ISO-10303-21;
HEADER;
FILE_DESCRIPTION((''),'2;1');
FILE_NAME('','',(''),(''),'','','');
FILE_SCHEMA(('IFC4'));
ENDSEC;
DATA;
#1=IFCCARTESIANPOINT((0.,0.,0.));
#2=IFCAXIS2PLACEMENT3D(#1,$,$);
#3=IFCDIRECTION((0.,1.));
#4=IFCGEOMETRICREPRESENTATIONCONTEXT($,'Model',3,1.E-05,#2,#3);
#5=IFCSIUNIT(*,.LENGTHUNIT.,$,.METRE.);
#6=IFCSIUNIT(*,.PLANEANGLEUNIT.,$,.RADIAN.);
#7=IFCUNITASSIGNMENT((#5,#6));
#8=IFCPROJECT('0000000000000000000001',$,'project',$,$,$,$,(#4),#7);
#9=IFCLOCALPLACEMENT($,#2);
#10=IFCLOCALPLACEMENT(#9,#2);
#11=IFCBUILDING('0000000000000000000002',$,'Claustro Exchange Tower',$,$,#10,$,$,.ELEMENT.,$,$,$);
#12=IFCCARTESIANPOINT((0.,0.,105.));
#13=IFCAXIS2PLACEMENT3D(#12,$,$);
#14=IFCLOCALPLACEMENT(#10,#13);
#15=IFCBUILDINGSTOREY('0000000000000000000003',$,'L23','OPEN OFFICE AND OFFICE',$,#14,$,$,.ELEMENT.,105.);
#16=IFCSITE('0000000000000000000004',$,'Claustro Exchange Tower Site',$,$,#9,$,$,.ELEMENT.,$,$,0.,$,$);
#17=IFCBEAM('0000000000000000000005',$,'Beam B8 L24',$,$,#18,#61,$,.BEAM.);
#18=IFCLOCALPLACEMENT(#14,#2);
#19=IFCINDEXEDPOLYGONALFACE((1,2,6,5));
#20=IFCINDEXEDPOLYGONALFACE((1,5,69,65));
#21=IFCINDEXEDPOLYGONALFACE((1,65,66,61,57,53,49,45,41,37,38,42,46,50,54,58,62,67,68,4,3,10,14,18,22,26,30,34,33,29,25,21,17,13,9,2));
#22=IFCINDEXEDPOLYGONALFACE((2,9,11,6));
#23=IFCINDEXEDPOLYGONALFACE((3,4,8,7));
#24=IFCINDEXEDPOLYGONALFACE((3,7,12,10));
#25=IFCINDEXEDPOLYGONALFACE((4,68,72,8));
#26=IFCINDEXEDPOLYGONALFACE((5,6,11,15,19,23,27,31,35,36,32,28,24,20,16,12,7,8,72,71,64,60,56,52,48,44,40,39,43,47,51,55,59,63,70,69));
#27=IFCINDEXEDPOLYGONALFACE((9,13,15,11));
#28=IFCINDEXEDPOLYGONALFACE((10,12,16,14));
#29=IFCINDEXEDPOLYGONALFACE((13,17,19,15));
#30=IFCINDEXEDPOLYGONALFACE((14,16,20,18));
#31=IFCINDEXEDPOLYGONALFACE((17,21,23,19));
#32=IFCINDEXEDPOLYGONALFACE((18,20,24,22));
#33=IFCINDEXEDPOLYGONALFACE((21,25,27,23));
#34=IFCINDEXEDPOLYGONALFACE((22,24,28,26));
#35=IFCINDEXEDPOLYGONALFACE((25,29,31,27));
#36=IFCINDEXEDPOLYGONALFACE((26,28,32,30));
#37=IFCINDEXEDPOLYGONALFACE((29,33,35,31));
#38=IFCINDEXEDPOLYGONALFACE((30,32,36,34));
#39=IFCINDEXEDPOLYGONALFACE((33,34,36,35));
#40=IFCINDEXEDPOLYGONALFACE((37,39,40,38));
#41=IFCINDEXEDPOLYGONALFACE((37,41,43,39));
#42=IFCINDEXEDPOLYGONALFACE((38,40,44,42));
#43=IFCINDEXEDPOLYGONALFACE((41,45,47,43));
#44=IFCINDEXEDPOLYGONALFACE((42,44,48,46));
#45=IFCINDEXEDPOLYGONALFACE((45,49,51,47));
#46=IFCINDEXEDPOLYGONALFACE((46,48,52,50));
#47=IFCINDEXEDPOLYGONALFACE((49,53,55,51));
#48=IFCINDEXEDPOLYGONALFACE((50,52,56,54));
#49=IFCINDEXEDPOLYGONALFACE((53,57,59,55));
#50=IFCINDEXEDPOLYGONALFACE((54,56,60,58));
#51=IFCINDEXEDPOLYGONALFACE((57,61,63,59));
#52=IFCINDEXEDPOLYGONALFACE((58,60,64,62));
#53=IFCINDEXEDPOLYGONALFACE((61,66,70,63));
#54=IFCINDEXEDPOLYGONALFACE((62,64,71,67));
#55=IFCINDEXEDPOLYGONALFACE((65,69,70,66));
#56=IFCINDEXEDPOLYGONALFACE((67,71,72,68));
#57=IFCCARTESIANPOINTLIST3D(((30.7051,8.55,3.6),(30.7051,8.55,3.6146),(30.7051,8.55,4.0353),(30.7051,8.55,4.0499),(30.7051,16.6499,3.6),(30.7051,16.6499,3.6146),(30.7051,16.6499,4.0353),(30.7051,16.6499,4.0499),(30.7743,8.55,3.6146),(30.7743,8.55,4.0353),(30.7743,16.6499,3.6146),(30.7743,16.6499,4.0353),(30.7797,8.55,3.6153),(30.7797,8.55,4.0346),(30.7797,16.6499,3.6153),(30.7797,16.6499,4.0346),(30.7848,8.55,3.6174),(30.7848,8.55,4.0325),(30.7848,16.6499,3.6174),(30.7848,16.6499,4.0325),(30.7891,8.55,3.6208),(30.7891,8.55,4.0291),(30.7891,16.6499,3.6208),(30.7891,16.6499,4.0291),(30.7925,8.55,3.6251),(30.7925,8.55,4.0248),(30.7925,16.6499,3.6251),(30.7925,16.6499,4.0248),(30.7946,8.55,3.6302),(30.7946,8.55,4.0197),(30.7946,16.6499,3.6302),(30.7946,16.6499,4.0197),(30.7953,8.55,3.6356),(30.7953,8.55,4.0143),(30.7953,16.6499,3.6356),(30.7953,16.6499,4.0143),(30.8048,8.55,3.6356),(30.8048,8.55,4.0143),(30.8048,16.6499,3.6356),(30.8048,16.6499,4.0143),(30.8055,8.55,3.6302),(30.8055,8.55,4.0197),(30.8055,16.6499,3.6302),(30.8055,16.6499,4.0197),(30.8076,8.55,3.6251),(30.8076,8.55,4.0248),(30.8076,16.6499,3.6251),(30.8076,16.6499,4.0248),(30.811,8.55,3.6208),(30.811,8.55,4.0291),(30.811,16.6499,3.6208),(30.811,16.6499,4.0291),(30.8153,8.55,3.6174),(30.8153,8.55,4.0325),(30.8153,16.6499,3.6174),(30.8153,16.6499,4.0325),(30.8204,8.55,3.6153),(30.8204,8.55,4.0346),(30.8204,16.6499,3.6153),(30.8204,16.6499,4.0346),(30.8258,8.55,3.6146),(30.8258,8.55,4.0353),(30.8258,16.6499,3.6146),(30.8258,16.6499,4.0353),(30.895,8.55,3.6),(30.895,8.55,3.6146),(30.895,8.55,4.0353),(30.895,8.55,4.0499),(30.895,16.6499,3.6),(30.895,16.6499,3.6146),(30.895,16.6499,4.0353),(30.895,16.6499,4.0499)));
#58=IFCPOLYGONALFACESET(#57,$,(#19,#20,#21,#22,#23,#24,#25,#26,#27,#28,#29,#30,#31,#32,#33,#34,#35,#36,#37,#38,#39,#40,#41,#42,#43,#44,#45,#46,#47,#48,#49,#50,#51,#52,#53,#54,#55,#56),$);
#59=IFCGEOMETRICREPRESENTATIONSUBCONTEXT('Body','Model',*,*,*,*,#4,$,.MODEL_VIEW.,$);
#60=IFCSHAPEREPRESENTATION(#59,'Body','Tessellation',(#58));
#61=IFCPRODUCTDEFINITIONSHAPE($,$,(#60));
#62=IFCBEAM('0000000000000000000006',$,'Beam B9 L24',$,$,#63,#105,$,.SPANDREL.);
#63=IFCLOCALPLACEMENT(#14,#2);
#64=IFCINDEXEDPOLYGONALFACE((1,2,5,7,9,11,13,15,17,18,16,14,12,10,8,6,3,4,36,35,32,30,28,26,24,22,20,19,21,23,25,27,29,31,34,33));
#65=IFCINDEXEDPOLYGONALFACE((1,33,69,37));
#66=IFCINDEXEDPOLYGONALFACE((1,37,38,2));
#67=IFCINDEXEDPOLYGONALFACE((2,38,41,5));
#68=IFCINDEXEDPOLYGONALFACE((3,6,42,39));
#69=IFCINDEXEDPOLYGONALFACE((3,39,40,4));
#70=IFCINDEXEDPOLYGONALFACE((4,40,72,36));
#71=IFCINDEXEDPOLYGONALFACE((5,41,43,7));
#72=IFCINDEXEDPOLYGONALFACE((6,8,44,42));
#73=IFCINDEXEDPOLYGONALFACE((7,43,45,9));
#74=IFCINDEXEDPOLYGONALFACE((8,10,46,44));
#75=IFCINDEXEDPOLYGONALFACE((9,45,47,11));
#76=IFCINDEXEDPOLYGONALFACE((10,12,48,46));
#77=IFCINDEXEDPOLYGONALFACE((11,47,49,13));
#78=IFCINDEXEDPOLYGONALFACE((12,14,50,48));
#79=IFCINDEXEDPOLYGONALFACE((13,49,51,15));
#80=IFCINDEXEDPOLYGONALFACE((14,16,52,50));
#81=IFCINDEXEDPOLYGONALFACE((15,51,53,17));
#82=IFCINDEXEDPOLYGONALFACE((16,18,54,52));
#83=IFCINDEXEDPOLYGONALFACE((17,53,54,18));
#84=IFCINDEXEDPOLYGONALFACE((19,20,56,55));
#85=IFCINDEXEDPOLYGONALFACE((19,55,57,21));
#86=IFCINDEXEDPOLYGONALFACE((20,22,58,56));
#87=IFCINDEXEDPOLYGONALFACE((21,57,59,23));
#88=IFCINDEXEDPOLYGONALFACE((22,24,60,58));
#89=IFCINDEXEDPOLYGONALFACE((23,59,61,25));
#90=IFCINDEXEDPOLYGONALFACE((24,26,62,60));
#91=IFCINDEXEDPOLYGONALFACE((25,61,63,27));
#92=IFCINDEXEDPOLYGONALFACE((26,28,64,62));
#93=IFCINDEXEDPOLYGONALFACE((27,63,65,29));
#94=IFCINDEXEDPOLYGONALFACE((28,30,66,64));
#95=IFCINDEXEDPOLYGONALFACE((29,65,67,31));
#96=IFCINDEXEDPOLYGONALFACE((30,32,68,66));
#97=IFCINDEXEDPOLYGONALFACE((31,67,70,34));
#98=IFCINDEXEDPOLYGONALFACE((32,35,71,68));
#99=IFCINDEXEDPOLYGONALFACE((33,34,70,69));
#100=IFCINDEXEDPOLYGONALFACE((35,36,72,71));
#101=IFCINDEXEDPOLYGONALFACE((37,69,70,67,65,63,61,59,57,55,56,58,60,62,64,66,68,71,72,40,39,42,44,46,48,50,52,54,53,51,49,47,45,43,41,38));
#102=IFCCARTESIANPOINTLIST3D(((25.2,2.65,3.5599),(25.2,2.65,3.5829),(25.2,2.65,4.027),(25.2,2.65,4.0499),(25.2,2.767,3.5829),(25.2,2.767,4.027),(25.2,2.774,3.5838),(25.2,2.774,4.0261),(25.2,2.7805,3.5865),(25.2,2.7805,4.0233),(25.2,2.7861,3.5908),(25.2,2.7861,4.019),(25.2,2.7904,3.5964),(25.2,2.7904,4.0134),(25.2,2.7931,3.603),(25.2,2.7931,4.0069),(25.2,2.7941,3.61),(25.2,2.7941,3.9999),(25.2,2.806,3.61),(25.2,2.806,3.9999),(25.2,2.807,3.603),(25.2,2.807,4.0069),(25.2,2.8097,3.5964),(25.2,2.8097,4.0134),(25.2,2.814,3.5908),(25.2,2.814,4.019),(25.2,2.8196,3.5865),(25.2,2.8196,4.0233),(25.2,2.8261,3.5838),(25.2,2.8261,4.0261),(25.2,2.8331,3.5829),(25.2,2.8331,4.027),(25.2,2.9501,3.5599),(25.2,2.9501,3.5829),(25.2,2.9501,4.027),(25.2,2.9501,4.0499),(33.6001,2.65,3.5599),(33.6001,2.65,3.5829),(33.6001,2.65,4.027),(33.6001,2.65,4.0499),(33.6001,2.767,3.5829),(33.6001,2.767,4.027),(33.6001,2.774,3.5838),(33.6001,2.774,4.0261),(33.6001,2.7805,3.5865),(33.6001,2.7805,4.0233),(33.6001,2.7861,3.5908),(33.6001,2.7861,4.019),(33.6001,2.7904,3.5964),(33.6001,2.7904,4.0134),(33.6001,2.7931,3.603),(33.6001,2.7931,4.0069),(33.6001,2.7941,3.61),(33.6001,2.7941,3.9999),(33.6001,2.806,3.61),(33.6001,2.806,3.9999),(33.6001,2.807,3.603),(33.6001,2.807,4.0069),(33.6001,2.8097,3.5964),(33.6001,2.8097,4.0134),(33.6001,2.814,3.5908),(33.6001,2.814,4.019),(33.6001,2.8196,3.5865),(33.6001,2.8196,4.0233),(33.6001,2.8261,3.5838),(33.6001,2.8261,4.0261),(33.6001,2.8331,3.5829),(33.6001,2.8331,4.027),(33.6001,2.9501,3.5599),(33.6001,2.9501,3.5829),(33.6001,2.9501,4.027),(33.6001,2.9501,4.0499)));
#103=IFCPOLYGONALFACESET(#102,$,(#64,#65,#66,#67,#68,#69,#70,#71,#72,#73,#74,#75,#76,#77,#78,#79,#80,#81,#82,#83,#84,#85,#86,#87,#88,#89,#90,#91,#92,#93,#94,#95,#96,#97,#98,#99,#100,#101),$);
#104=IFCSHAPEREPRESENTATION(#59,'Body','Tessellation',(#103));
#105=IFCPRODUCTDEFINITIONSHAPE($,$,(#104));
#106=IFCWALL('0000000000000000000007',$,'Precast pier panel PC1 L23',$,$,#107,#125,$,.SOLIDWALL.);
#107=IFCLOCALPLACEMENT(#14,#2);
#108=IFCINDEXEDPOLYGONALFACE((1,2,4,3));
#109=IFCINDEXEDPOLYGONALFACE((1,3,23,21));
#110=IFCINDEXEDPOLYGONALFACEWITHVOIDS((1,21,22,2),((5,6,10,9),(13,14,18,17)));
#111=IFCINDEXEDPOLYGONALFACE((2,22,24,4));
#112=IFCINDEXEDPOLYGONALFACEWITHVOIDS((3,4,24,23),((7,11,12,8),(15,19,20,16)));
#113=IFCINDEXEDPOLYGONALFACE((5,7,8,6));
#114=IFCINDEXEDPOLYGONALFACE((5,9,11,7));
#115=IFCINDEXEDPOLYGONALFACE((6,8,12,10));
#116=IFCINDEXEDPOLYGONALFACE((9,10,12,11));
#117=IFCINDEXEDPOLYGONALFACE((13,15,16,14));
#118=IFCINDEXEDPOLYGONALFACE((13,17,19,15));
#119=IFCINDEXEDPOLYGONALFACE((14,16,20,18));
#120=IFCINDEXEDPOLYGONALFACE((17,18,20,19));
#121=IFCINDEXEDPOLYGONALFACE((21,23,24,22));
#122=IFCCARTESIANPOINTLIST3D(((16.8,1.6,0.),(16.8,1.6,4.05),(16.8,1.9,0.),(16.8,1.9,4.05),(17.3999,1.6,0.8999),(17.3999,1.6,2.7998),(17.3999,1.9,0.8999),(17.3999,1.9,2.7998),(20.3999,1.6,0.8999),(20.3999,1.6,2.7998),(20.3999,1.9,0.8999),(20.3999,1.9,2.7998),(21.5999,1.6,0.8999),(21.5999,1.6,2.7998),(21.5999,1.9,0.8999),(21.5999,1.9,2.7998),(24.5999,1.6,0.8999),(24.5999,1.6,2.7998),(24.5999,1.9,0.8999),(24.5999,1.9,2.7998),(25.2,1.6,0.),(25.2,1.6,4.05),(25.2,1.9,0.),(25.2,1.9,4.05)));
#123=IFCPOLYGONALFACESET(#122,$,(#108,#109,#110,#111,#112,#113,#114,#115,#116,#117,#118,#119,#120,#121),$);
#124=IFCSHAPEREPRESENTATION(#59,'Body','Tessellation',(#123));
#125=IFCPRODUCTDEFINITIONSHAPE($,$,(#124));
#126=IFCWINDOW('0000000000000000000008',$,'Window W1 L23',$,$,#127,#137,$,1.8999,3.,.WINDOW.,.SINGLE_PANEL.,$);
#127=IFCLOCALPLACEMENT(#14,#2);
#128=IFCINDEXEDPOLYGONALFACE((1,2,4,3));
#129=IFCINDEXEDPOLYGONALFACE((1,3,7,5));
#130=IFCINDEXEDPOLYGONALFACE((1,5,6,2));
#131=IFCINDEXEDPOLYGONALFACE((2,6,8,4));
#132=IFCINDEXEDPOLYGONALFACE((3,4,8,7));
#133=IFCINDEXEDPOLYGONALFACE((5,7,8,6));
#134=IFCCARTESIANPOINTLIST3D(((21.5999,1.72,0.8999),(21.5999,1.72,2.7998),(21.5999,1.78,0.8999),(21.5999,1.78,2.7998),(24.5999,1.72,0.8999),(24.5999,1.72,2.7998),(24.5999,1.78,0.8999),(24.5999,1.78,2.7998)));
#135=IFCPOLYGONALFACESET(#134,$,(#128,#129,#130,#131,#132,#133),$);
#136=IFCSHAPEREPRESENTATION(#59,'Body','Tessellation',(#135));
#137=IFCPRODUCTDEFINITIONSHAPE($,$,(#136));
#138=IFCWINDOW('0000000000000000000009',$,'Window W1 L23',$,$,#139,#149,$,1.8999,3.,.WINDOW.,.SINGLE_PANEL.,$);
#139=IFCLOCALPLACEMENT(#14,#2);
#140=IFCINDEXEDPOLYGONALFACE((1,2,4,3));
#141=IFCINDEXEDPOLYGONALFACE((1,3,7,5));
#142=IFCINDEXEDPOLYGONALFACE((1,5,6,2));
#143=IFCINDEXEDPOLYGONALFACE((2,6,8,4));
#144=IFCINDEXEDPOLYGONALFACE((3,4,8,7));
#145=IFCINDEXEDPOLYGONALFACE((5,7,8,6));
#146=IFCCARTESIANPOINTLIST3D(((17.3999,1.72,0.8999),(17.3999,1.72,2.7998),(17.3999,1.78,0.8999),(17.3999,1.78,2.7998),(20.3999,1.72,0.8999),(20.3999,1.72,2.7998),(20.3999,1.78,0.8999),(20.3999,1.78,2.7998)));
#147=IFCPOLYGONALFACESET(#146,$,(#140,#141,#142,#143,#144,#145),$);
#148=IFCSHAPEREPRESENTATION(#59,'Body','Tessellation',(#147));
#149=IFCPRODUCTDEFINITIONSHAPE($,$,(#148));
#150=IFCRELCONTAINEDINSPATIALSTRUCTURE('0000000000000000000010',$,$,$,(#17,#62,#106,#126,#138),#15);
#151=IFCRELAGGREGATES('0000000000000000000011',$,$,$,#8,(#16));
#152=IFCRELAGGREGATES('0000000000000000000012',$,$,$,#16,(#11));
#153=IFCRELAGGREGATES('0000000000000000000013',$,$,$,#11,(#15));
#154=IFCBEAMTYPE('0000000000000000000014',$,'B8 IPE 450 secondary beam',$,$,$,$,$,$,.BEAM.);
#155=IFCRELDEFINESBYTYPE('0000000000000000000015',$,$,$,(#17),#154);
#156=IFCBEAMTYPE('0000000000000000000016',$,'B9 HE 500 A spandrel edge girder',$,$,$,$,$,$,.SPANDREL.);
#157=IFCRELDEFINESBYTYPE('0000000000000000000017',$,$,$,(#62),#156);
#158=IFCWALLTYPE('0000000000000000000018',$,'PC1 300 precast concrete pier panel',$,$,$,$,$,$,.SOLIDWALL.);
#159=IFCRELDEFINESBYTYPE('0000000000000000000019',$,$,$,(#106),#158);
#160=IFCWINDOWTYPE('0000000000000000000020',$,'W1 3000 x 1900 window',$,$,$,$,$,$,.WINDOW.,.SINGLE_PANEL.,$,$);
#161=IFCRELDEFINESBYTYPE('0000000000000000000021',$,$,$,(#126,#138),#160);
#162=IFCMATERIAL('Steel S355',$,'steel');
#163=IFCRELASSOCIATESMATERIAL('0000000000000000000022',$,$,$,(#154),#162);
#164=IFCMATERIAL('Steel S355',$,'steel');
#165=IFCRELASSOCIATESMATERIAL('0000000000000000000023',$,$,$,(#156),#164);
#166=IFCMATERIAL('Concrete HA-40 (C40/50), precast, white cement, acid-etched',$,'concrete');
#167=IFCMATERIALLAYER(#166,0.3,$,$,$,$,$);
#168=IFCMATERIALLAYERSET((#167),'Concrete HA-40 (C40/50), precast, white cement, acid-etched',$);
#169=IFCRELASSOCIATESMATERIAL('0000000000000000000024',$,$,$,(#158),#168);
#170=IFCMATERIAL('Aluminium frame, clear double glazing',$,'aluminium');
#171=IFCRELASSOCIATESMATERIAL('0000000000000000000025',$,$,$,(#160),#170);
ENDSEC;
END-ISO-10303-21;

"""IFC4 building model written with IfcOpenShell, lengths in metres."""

from ifc_helpers import new_model, si_unit, direction, frame, frame_2d, origin, origin_2d, place, context, subcontext, project, spatial, rectangle, i_section, extrude, material, layer, layer_set, material_profile, profile_set, type_object, element, fill, save


model = new_model("IFC4")

# Units and contexts
model_context = context("Model", 3, precision=1e-05, world=origin(), true_north=direction((0.0, 1.0)))
body_context = subcontext(model_context, "Body", "Model", "MODEL_VIEW")
ifc_project = project(units=[si_unit("LENGTHUNIT", "METRE"), si_unit("PLANEANGLEUNIT", "RADIAN")], contexts=[model_context])

# Site, building, storey
site_placement = place(None, origin())
site = spatial("IfcSite", under=ifc_project, at=site_placement, Name="Claustro Exchange Tower Site", CompositionType="ELEMENT", RefElevation=0.0)
building_placement = place(site_placement, origin())
building = spatial("IfcBuilding", under=site, at=building_placement, Name="Claustro Exchange Tower", CompositionType="ELEMENT")
storey_placement = place(building_placement, frame((0.0, 0.0, 105.0)))
storey = spatial("IfcBuildingStorey", under=building, at=storey_placement, Name="L23", Description="OPEN OFFICE AND OFFICE", CompositionType="ELEMENT", Elevation=105.0)

# Beams
ifc_material_1 = material(Name="Steel S355", Category="steel")
ifc_material_profile_1 = material_profile(ifc_material_1, i_section(OverallWidth=0.1899, OverallDepth=0.45, WebThickness=0.0095, FlangeThickness=0.0146, FilletRadius=0.021, at=origin_2d()), Name="IPE 450")
ifc_profile_set_1 = profile_set([ifc_material_profile_1], Name="Steel S355")
beam_type_1 = type_object("IfcBeamType", Name="B8 IPE 450 secondary beam", PredefinedType="BEAM", material=ifc_profile_set_1)
for number, where, z_axis, x_axis, name in (
    (1, (30.8, 8.55, 3.825), (0.0, 1.0, 0.0), (-1.0, 0.0, 0.0), "Beam B8 L24"),
):
    element("IfcBeam", number, at=place(storey_placement, frame(where, z_axis=z_axis, x_axis=x_axis)), inside=storey, type_object=beam_type_1, Name=name, PredefinedType="BEAM", context=body_context, shape_type="SweptSolid", body=[
        extrude(i_section(OverallWidth=0.1899, OverallDepth=0.45, WebThickness=0.0095, FlangeThickness=0.0146, FilletRadius=0.021, at=origin_2d()), origin(), (0.0, 0.0, 1.0), 8.0999),
    ])
ifc_material_2 = material(Name="Steel S355", Category="steel")
ifc_material_profile_2 = material_profile(ifc_material_2, i_section(OverallWidth=0.3, OverallDepth=0.49, WebThickness=0.012, FlangeThickness=0.0229, FilletRadius=0.0271, at=origin_2d()), Name="HE 500 A")
ifc_profile_set_2 = profile_set([ifc_material_profile_2], Name="Steel S355")
beam_type_2 = type_object("IfcBeamType", Name="B9 HE 500 A spandrel edge girder", PredefinedType="SPANDREL", material=ifc_profile_set_2)
beam_1_placement = place(storey_placement, frame((25.2, 2.8, 3.8049), z_axis=(1.0, 0.0, 0.0), x_axis=(0.0, 1.0, 0.0)))
element("IfcBeam", 2, at=beam_1_placement, inside=storey, type_object=beam_type_2, Name="Beam B9 L24", PredefinedType="SPANDREL", context=body_context, shape_type="SweptSolid", body=[
    extrude(i_section(OverallWidth=0.3, OverallDepth=0.49, WebThickness=0.012, FlangeThickness=0.0229, FilletRadius=0.0271, at=origin_2d()), origin(), (0.0, 0.0, 1.0), 8.4001),
])

# Wall, openings, windows
ifc_material_3 = material(Name="Concrete HA-40 (C40/50), precast, white cement, acid-etched", Category="concrete")
ifc_layer_1 = layer(ifc_material_3, 0.3)
ifc_layer_set_1 = layer_set([ifc_layer_1], Name="Concrete HA-40 (C40/50), precast, white cement, acid-etched")
wall_type = type_object("IfcWallType", Name="PC1 300 precast concrete pier panel", PredefinedType="SOLIDWALL", material=ifc_layer_set_1)
wall_1_placement = place(storey_placement, frame((25.2, 1.75, 0.0), z_axis=(0.0, 0.0, 1.0), x_axis=(-1.0, 0.0, 0.0)))
wall_1 = element("IfcWall", 3, at=wall_1_placement, inside=storey, type_object=wall_type, Name="Precast pier panel PC1 L23", PredefinedType="SOLIDWALL", context=body_context, shape_type="SweptSolid", body=[
    extrude(rectangle(XDim=8.3999, YDim=0.3, at=frame_2d((4.2, 0.0))), origin(), (0.0, 0.0, 1.0), 4.05),
])
opening_1_placement = place(wall_1_placement, frame((0.6001, 0.0, 0.8999)))
opening_1 = element("IfcOpeningElement", 4, at=opening_1_placement, cuts=wall_1, PredefinedType="OPENING", context=body_context, shape_type="SweptSolid", body=[
    extrude(rectangle(XDim=3.0, YDim=1.8999, at=frame_2d((1.5, 0.95))), frame((0.0, 0.1599, 0.0), z_axis=(0.0, -1.0, 0.0), x_axis=(1.0, 0.0, 0.0)), (0.0, 0.0, 1.0), 0.3201),
])
opening_2_placement = place(wall_1_placement, frame((4.8, 0.0, 0.8999)))
opening_2 = element("IfcOpeningElement", 5, at=opening_2_placement, cuts=wall_1, PredefinedType="OPENING", context=body_context, shape_type="SweptSolid", body=[
    extrude(rectangle(XDim=3.0, YDim=1.8999, at=frame_2d((1.5, 0.95))), frame((0.0, 0.1599, 0.0), z_axis=(0.0, -1.0, 0.0), x_axis=(1.0, 0.0, 0.0)), (0.0, 0.0, 1.0), 0.3201),
])
ifc_material_4 = material(Name="Aluminium frame, clear double glazing", Category="aluminium")
window_type_1 = type_object("IfcWindowType", Name="W1 3000 x 1900 window", PartitioningType="SINGLE_PANEL", PredefinedType="WINDOW", material=ifc_material_4)
window_1_placement = place(opening_1_placement, origin())
window_1 = element("IfcWindow", 6, at=window_1_placement, inside=storey, type_object=window_type_1, Name="Window W1 L23", OverallHeight=1.8999, OverallWidth=3.0, PartitioningType="SINGLE_PANEL", PredefinedType="WINDOW", context=body_context, shape_type="SweptSolid", body=[
    extrude(rectangle(XDim=3.0, YDim=1.8999, at=frame_2d((1.5, 0.95))), frame((0.0, 0.03, 0.0), z_axis=(0.0, -1.0, 0.0), x_axis=(1.0, 0.0, 0.0)), (0.0, 0.0, 1.0), 0.0601),
])
fill(opening_1, window_1)
window_2_placement = place(opening_2_placement, origin())
window_2 = element("IfcWindow", 7, at=window_2_placement, inside=storey, type_object=window_type_1, Name="Window W1 L23", OverallHeight=1.8999, OverallWidth=3.0, PartitioningType="SINGLE_PANEL", PredefinedType="WINDOW", context=body_context, shape_type="SweptSolid", body=[
    extrude(rectangle(XDim=3.0, YDim=1.8999, at=frame_2d((1.5, 0.95))), frame((0.0, 0.03, 0.0), z_axis=(0.0, -1.0, 0.0), x_axis=(1.0, 0.0, 0.0)), (0.0, 0.0, 1.0), 0.0601),
])
fill(opening_2, window_2)

save(model, "model.ifc")
